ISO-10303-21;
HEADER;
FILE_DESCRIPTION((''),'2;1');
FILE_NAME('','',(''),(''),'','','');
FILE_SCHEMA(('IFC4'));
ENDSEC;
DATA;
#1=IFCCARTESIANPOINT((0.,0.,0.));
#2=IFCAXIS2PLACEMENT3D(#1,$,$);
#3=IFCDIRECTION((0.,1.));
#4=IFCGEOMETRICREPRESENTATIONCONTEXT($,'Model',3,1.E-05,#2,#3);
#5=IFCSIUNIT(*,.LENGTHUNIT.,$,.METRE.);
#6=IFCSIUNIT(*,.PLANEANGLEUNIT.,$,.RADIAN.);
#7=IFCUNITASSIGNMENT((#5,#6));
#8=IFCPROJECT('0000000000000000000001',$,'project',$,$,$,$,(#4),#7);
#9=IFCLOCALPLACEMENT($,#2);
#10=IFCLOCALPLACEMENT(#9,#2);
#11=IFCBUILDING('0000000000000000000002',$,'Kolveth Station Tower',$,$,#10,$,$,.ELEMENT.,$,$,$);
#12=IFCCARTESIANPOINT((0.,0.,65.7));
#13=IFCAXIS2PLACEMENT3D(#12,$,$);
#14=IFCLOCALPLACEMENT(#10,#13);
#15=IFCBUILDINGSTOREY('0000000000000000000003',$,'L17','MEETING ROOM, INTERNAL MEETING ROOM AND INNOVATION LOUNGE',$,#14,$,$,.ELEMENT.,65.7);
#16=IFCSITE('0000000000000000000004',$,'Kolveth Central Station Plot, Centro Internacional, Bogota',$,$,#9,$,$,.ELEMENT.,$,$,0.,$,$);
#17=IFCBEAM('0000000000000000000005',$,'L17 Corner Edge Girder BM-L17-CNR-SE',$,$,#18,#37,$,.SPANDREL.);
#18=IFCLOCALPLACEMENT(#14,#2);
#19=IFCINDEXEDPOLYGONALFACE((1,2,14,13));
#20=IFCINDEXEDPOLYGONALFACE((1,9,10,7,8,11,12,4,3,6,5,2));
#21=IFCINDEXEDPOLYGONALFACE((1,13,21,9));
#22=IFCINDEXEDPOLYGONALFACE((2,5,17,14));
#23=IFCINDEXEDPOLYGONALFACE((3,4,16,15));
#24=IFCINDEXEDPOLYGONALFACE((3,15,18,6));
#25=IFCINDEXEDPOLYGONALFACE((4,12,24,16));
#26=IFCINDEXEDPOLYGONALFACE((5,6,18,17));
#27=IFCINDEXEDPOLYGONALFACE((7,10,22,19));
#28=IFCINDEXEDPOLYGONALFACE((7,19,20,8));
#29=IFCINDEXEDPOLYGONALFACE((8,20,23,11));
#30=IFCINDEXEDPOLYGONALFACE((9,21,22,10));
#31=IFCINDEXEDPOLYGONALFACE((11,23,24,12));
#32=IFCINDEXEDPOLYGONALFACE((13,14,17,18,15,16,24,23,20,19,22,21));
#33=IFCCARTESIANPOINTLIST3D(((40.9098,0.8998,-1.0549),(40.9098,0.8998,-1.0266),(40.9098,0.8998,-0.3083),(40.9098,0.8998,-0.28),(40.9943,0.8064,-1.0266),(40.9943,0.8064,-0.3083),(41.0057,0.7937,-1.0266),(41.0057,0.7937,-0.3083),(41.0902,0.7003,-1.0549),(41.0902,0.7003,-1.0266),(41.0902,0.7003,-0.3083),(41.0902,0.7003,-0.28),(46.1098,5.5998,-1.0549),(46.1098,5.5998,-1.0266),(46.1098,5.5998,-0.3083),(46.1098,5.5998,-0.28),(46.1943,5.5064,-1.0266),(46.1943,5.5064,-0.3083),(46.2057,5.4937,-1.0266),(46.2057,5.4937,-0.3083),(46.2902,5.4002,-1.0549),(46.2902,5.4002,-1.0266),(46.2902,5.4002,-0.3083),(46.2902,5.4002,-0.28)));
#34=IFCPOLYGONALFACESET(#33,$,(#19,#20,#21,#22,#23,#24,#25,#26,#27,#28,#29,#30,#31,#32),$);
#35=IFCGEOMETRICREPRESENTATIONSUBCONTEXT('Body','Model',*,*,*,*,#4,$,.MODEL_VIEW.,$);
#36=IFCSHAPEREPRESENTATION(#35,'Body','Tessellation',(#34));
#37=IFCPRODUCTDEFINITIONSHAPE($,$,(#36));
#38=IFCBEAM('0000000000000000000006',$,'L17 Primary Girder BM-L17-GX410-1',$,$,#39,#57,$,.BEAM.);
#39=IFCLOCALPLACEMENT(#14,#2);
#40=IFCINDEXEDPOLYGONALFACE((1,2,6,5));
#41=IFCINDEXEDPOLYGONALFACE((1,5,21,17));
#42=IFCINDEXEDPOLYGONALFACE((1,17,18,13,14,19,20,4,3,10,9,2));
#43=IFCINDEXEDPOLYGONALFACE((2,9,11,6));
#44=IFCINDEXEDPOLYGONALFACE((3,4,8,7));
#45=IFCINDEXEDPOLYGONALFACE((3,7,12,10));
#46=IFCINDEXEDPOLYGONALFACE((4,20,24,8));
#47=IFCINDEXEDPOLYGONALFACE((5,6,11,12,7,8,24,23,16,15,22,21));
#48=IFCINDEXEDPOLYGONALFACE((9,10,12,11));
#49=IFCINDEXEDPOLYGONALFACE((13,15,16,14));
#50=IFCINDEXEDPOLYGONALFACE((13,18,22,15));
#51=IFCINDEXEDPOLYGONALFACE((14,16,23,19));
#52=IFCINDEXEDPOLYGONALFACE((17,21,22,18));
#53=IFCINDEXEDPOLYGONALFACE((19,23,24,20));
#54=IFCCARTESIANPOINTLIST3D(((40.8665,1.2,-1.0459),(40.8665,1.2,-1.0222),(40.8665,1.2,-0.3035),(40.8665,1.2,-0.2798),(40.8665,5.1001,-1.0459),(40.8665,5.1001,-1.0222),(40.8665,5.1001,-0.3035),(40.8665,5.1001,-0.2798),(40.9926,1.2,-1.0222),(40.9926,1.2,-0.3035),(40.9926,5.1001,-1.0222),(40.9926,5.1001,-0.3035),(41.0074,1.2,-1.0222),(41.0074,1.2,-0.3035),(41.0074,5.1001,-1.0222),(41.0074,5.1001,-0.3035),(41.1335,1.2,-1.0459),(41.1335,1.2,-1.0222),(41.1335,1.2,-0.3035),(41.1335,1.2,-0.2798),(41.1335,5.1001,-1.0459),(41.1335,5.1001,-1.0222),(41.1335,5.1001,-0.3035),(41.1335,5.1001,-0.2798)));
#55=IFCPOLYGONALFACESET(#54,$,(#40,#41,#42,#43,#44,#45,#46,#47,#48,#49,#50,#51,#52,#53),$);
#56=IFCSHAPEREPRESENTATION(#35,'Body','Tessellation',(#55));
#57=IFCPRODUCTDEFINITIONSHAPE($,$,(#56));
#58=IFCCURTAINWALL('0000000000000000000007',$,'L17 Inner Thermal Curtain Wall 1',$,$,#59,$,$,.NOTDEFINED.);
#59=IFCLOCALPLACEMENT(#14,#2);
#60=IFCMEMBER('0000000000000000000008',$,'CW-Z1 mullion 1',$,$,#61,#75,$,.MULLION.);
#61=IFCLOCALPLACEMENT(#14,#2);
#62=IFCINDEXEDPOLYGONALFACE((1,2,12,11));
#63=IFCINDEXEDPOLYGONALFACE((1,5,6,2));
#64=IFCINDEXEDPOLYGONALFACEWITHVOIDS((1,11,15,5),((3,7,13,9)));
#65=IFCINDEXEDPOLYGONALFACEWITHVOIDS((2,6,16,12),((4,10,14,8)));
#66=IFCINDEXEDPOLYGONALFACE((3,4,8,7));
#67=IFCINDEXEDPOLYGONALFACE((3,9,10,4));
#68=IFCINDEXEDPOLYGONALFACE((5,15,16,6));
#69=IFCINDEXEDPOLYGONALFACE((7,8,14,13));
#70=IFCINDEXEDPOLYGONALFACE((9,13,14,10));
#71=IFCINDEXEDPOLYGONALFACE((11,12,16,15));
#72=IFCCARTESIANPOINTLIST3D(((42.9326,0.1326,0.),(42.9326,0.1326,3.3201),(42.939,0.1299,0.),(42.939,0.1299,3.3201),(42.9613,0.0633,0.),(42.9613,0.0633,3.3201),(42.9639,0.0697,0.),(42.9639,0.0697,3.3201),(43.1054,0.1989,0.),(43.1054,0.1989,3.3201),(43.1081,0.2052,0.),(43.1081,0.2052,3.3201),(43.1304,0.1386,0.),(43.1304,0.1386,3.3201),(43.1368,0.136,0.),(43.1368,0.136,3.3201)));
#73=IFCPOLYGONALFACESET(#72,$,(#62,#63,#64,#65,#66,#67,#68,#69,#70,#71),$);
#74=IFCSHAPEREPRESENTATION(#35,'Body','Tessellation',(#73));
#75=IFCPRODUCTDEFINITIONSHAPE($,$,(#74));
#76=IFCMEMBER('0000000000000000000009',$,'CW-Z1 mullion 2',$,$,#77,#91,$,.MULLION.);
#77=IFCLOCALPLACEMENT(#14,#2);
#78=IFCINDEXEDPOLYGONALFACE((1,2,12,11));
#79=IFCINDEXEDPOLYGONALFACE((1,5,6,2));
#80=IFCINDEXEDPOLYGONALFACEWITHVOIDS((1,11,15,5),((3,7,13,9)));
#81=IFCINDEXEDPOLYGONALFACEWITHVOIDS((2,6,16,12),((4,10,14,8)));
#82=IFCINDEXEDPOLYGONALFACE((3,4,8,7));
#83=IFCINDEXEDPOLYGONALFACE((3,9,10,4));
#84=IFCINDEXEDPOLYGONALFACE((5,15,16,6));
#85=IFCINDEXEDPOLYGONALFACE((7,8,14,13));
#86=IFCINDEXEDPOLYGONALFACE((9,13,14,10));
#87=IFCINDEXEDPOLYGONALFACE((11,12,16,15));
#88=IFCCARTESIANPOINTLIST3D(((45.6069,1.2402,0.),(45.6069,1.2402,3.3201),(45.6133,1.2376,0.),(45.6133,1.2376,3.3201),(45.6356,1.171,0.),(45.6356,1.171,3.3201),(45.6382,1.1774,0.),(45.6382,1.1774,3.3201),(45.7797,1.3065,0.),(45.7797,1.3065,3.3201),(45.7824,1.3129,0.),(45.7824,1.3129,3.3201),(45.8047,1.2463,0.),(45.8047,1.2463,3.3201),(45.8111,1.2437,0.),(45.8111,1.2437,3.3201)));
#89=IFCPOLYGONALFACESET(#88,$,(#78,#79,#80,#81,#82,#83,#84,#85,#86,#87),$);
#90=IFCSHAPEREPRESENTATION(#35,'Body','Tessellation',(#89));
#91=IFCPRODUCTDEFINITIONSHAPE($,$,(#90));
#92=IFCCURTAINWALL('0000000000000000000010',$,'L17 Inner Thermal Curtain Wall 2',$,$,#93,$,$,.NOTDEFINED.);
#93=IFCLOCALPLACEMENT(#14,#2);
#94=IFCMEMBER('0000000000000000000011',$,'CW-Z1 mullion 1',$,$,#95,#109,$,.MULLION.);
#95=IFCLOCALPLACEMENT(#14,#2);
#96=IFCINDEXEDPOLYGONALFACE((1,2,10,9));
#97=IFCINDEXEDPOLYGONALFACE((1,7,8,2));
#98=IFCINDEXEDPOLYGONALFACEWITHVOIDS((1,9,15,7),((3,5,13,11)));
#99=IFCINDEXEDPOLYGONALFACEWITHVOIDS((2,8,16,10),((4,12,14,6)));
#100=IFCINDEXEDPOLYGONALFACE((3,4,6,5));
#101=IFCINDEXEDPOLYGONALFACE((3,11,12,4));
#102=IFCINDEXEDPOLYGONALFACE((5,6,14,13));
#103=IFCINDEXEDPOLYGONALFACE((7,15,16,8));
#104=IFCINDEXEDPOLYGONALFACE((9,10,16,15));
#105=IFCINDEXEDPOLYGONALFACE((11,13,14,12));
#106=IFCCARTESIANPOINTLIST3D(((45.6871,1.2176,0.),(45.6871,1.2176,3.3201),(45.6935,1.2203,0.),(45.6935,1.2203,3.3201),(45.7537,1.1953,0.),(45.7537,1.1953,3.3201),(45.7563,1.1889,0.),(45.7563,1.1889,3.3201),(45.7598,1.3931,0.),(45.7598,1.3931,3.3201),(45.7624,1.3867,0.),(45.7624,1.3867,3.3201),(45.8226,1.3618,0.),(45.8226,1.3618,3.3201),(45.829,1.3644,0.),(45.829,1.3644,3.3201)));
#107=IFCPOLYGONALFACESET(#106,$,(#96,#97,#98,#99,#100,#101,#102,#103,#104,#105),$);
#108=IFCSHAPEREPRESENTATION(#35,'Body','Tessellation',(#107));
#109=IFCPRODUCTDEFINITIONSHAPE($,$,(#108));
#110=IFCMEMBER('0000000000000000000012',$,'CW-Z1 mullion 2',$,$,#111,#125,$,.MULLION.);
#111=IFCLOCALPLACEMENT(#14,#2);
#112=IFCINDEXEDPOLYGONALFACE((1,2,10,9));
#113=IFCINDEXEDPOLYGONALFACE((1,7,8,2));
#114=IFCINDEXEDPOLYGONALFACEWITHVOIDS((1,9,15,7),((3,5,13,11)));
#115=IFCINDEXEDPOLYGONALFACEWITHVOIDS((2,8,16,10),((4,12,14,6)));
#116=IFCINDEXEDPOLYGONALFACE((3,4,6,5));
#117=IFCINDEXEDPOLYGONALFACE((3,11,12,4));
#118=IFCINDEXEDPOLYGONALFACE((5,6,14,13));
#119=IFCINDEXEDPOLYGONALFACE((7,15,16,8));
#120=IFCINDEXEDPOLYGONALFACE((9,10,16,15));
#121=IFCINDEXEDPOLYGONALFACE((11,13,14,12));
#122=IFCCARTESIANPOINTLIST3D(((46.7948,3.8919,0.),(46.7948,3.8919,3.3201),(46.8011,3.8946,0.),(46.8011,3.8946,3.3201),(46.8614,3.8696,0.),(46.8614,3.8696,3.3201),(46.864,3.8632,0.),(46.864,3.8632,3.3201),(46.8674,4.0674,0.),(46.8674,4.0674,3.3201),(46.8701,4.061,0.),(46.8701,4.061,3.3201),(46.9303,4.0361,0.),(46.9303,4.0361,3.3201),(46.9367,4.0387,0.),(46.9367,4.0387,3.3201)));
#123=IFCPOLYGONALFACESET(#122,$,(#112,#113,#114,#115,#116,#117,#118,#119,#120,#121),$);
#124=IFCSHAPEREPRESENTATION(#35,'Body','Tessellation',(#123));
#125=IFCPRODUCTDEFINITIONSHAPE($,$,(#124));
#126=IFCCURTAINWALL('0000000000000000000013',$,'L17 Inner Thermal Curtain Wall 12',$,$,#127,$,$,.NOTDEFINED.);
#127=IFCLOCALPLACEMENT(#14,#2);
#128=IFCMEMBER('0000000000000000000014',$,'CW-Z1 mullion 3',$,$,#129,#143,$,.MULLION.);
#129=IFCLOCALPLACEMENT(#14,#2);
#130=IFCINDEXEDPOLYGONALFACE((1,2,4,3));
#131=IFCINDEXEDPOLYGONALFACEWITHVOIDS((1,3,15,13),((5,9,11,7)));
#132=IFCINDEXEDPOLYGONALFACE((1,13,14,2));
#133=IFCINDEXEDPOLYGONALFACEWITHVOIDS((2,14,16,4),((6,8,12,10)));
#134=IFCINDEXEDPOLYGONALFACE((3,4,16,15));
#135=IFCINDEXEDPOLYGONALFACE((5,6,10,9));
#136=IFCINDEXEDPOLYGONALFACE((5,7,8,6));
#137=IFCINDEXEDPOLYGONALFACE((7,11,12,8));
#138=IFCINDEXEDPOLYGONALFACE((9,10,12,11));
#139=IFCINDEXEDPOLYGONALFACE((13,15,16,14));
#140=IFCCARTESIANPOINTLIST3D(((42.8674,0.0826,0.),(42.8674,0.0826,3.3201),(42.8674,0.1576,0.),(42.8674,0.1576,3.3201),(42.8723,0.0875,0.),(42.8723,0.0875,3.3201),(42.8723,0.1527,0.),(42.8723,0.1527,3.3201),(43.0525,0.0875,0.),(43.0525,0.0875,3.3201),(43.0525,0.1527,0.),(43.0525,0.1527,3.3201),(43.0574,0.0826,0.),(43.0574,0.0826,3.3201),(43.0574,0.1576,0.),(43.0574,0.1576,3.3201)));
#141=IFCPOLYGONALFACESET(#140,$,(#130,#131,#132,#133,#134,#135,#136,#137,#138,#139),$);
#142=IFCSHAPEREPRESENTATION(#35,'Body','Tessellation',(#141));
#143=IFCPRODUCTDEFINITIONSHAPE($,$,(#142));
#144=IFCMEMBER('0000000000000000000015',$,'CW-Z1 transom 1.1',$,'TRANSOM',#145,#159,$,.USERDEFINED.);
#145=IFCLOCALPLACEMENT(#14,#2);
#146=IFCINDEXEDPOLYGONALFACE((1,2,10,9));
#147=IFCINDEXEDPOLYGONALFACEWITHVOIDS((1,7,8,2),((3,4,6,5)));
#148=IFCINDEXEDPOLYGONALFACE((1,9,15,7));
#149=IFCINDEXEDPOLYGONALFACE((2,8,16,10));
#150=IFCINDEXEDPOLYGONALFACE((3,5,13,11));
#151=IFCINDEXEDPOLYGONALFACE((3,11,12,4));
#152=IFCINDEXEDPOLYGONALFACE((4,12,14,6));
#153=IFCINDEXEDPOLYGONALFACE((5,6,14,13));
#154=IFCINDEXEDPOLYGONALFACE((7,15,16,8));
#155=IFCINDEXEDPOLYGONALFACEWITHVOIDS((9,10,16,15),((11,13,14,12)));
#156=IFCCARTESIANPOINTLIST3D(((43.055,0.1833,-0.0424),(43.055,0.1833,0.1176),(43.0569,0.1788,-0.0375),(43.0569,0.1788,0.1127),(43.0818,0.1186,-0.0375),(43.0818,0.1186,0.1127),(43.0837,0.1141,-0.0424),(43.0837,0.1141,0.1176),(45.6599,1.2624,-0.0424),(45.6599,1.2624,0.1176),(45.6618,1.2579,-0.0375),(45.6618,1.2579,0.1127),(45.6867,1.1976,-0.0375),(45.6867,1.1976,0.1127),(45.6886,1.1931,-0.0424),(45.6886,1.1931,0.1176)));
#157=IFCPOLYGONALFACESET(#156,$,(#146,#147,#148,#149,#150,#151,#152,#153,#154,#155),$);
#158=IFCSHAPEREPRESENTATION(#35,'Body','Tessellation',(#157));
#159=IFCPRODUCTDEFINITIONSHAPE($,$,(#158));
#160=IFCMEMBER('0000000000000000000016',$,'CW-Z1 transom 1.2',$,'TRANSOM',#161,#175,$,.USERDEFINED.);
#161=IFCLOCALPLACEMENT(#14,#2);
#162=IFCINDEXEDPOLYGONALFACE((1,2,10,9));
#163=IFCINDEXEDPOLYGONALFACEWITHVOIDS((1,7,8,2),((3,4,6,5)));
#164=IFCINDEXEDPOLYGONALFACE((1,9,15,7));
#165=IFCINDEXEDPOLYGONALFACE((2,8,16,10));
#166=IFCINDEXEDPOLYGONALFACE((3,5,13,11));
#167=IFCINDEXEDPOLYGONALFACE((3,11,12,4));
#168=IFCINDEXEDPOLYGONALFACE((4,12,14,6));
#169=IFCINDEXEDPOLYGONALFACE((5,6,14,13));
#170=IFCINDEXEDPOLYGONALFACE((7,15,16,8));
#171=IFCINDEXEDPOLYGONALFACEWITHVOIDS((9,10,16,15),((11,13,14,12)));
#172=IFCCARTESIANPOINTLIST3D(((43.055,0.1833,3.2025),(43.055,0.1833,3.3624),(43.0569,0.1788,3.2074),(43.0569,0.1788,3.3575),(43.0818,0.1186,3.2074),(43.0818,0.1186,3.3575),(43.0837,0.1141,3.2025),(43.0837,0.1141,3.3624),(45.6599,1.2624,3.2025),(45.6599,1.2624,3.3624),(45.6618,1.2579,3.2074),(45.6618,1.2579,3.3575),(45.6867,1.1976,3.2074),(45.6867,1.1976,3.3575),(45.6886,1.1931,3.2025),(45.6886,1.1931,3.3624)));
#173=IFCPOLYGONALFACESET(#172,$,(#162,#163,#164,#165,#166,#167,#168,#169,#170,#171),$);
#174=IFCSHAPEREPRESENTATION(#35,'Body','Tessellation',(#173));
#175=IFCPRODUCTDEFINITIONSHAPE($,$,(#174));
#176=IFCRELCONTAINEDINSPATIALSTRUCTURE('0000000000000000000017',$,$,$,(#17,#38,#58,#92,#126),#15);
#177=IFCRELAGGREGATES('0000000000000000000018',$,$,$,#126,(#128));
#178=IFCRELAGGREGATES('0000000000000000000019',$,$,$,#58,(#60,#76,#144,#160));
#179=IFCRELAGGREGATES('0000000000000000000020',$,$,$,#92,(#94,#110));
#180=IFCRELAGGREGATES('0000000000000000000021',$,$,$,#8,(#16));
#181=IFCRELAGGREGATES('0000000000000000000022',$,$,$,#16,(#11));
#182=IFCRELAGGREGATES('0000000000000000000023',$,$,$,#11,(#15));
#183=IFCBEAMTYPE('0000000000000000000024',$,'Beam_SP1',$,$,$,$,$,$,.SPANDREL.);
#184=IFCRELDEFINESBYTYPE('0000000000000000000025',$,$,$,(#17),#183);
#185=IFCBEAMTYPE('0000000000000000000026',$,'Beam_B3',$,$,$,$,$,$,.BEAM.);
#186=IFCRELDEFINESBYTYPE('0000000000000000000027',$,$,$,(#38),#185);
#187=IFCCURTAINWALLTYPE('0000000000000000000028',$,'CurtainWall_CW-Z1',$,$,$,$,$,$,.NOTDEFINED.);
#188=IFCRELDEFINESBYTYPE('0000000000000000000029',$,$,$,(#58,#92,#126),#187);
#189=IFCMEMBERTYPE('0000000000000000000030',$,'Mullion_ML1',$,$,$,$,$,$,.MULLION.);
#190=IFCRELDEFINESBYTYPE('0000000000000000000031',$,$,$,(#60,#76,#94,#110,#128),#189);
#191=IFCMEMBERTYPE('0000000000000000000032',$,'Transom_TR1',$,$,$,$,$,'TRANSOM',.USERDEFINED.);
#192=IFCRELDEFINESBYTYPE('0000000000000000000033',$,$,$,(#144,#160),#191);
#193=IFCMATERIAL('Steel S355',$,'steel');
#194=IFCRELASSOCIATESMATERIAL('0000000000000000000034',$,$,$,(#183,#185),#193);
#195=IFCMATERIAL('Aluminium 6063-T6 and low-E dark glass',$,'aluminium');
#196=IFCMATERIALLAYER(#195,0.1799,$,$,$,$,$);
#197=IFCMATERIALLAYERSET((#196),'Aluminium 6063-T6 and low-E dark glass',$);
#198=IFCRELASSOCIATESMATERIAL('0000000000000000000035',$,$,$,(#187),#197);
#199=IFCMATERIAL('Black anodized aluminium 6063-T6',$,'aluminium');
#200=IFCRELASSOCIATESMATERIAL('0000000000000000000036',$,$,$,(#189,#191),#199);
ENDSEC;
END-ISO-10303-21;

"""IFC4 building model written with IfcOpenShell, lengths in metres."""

from ifc_helpers import new_model, si_unit, direction, frame, origin, origin_2d, place, context, subcontext, project, spatial, hollow_rectangle, i_section, extrude, source, transform, mapped, material, layer, layer_set, material_profile, profile_set, type_object, element, aggregate, save


model = new_model("IFC4")

# Units and contexts
model_context = context("Model", 3, precision=1e-05, world=origin(), true_north=direction((0.0, 1.0)))
body_context = subcontext(model_context, "Body", "Model", "MODEL_VIEW")
ifc_project = project(units=[si_unit("LENGTHUNIT", "METRE"), si_unit("PLANEANGLEUNIT", "RADIAN")], contexts=[model_context])

# Site, building, storey
site_placement = place(None, origin())
site = spatial("IfcSite", under=ifc_project, at=site_placement, Name="Kolveth Central Station Plot, Centro Internacional, Bogota", CompositionType="ELEMENT", RefElevation=0.0)
building_placement = place(site_placement, origin())
building = spatial("IfcBuilding", under=site, at=building_placement, Name="Kolveth Station Tower", CompositionType="ELEMENT")
storey_placement = place(building_placement, frame((0.0, 0.0, 65.7)))
storey = spatial("IfcBuildingStorey", under=building, at=storey_placement, Name="L17", Description="MEETING ROOM, INTERNAL MEETING ROOM AND INNOVATION LOUNGE", CompositionType="ELEMENT", Elevation=65.7)

# Beams
ifc_material_1 = material(Name="Steel S355", Category="steel")
ifc_material_profile_1 = material_profile(ifc_material_1, i_section(OverallWidth=0.269, OverallDepth=0.7749, WebThickness=0.0171, FlangeThickness=0.0283, at=origin_2d()), Name="W760x220")
ifc_profile_set_1 = profile_set([ifc_material_profile_1], Name="Steel S355")
beam_type_1 = type_object("IfcBeamType", Name="Beam_SP1", PredefinedType="SPANDREL", material=ifc_profile_set_1)
shared_shape_1 = source(origin(), body_context, "Body", "SweptSolid", [
    extrude(i_section(OverallWidth=0.269, OverallDepth=0.7749, WebThickness=0.0171, FlangeThickness=0.0283, at=origin_2d()), origin(), (0.0, 0.0, 1.0), 7.0093),
])
beam_1_placement = place(storey_placement, frame((41.0, 0.8, -0.6675), z_axis=(0.741874, 0.670539, 0.0), x_axis=(-0.670539, 0.741874, 0.0)))
element("IfcBeam", 1, at=beam_1_placement, inside=storey, type_object=beam_type_1, Name="L17 Corner Edge Girder BM-L17-CNR-SE", PredefinedType="SPANDREL", context=body_context, shape_type="MappedRepresentation", body=[
    mapped(shared_shape_1, transform((0.0, 0.0, 0.0), x_axis=(1.0, 0.0, 0.0), y_axis=(0.0, 1.0, 0.0), z_axis=(0.0, 0.0, 1.0), scale=1.0)),
])
ifc_material_profile_2 = material_profile(ifc_material_1, i_section(OverallWidth=0.2671, OverallDepth=0.7661, WebThickness=0.0149, FlangeThickness=0.0237, at=origin_2d()), Name="W760x185")
ifc_profile_set_2 = profile_set([ifc_material_profile_2], Name="Steel S355")
beam_type_2 = type_object("IfcBeamType", Name="Beam_B3", PredefinedType="BEAM", material=ifc_profile_set_2)
shared_shape_2 = source(origin(), body_context, "Body", "SweptSolid", [
    extrude(i_section(OverallWidth=0.2671, OverallDepth=0.7661, WebThickness=0.0149, FlangeThickness=0.0237, at=origin_2d()), origin(), (0.0, 0.0, 1.0), 3.9001),
])
beam_2_placement = place(storey_placement, frame((41.0, 1.2, -0.6628), z_axis=(0.0, 1.0, 0.0), x_axis=(-1.0, 0.0, 0.0)))
element("IfcBeam", 2, at=beam_2_placement, inside=storey, type_object=beam_type_2, Name="L17 Primary Girder BM-L17-GX410-1", PredefinedType="BEAM", context=body_context, shape_type="MappedRepresentation", body=[
    mapped(shared_shape_2, transform((0.0, 0.0, 0.0), x_axis=(1.0, 0.0, 0.0), y_axis=(0.0, 1.0, 0.0), z_axis=(0.0, 0.0, 1.0), scale=1.0)),
])

# Curtain walls, members
ifc_material_2 = material(Name="Aluminium 6063-T6 and low-E dark glass", Category="aluminium")
ifc_layer_1 = layer(ifc_material_2, 0.1799)
ifc_layer_set_1 = layer_set([ifc_layer_1], Name="Aluminium 6063-T6 and low-E dark glass")
curtain_wall_type_1 = type_object("IfcCurtainWallType", Name="CurtainWall_CW-Z1", PredefinedType="NOTDEFINED", material=ifc_layer_set_1)
curtain_wall_1_placement = place(storey_placement, origin())
curtain_wall_1 = element("IfcCurtainWall", 3, at=curtain_wall_1_placement, inside=storey, type_object=curtain_wall_type_1, Name="L17 Inner Thermal Curtain Wall 1", PredefinedType="NOTDEFINED")
ifc_material_3 = material(Name="Black anodized aluminium 6063-T6", Category="aluminium")
ifc_material_profile_3 = material_profile(ifc_material_3, hollow_rectangle(XDim=0.075, YDim=0.1899, WallThickness=0.0049, at=origin_2d()), Name="ALU-75x190x5")
ifc_profile_set_3 = profile_set([ifc_material_profile_3], Name="Black anodized aluminium 6063-T6")
member_type_1 = type_object("IfcMemberType", Name="Mullion_ML1", PredefinedType="MULLION", material=ifc_profile_set_3)
shared_shape_3 = source(origin(), body_context, "Body", "SweptSolid", [
    extrude(hollow_rectangle(XDim=0.075, YDim=0.1899, WallThickness=0.0049, at=origin_2d()), origin(), (0.0, 0.0, 1.0), 3.3201),
])
member_1_placement = place(storey_placement, frame((43.0347, 0.1343, 0.0), z_axis=(0.0, 0.0, 1.0), x_axis=(-0.382673, 0.923884, 0.0)))
member_1 = element("IfcMember", 4, at=member_1_placement, type_object=member_type_1, Name="CW-Z1 mullion 1", PredefinedType="MULLION", context=body_context, shape_type="MappedRepresentation", body=[
    mapped(shared_shape_3, transform((0.0, 0.0, 0.0), x_axis=(1.0, 0.0, 0.0), y_axis=(0.0, 1.0, 0.0), z_axis=(0.0, 0.0, 1.0), scale=1.0)),
])
member_2_placement = place(storey_placement, frame((45.709, 1.2419, 0.0), z_axis=(0.0, 0.0, 1.0), x_axis=(-0.382673, 0.923884, 0.0)))
member_2 = element("IfcMember", 5, at=member_2_placement, type_object=member_type_1, Name="CW-Z1 mullion 2", PredefinedType="MULLION", context=body_context, shape_type="MappedRepresentation", body=[
    mapped(shared_shape_3, transform((0.0, 0.0, 0.0), x_axis=(1.0, 0.0, 0.0), y_axis=(0.0, 1.0, 0.0), z_axis=(0.0, 0.0, 1.0), scale=1.0)),
])
curtain_wall_2_placement = place(storey_placement, origin())
curtain_wall_2 = element("IfcCurtainWall", 6, at=curtain_wall_2_placement, inside=storey, type_object=curtain_wall_type_1, Name="L17 Inner Thermal Curtain Wall 2", PredefinedType="NOTDEFINED")
member_3_placement = place(storey_placement, frame((45.7581, 1.291, 0.0), z_axis=(0.0, 0.0, 1.0), x_axis=(-0.923884, 0.382673, 0.0)))
member_3 = element("IfcMember", 7, at=member_3_placement, type_object=member_type_1, Name="CW-Z1 mullion 1", PredefinedType="MULLION", context=body_context, shape_type="MappedRepresentation", body=[
    mapped(shared_shape_3, transform((0.0, 0.0, 0.0), x_axis=(1.0, 0.0, 0.0), y_axis=(0.0, 1.0, 0.0), z_axis=(0.0, 0.0, 1.0), scale=1.0)),
])
member_4_placement = place(storey_placement, frame((46.8657, 3.9653, 0.0), z_axis=(0.0, 0.0, 1.0), x_axis=(-0.923884, 0.382673, 0.0)))
member_4 = element("IfcMember", 8, at=member_4_placement, type_object=member_type_1, Name="CW-Z1 mullion 2", PredefinedType="MULLION", context=body_context, shape_type="MappedRepresentation", body=[
    mapped(shared_shape_3, transform((0.0, 0.0, 0.0), x_axis=(1.0, 0.0, 0.0), y_axis=(0.0, 1.0, 0.0), z_axis=(0.0, 0.0, 1.0), scale=1.0)),
])

# Curtain wall, member
curtain_wall_3_placement = place(storey_placement, origin())
curtain_wall_3 = element("IfcCurtainWall", 9, at=curtain_wall_3_placement, inside=storey, type_object=curtain_wall_type_1, Name="L17 Inner Thermal Curtain Wall 12", PredefinedType="NOTDEFINED")
member_5_placement = place(storey_placement, frame((42.9624, 0.1201, 0.0), z_axis=(0.0, 0.0, 1.0), x_axis=(0.0, 1.0, 0.0)))
member_5 = element("IfcMember", 10, at=member_5_placement, type_object=member_type_1, Name="CW-Z1 mullion 3", PredefinedType="MULLION", context=body_context, shape_type="MappedRepresentation", body=[
    mapped(shared_shape_3, transform((0.0, 0.0, 0.0), x_axis=(1.0, 0.0, 0.0), y_axis=(0.0, 1.0, 0.0), z_axis=(0.0, 0.0, 1.0), scale=1.0)),
])
aggregate(curtain_wall_3, [member_5])

# Members
ifc_material_profile_4 = material_profile(ifc_material_3, hollow_rectangle(XDim=0.075, YDim=0.1599, WallThickness=0.0049, at=origin_2d()), Name="ALU-75x160x5")
ifc_profile_set_4 = profile_set([ifc_material_profile_4], Name="Black anodized aluminium 6063-T6")
member_type_2 = type_object("IfcMemberType", Name="Transom_TR1", ElementType="TRANSOM", PredefinedType="USERDEFINED", material=ifc_profile_set_4)
shared_shape_4 = source(origin(), body_context, "Body", "SweptSolid", [
    extrude(hollow_rectangle(XDim=0.075, YDim=0.1599, WallThickness=0.0049, at=origin_2d()), origin(), (0.0, 0.0, 1.0), 2.8196),
])
member_6_placement = place(storey_placement, frame((43.0693, 0.1487, 0.0376), z_axis=(0.923869, 0.382709, 0.0), x_axis=(-0.382709, 0.923869, 0.0)))
member_6 = element("IfcMember", 11, at=member_6_placement, type_object=member_type_2, Name="CW-Z1 transom 1.1", ObjectType="TRANSOM", PredefinedType="USERDEFINED", context=body_context, shape_type="MappedRepresentation", body=[
    mapped(shared_shape_4, transform((0.0, 0.0, 0.0), x_axis=(1.0, 0.0, 0.0), y_axis=(0.0, 1.0, 0.0), z_axis=(0.0, 0.0, 1.0), scale=1.0)),
])
member_7_placement = place(storey_placement, frame((43.0693, 0.1487, 3.2825), z_axis=(0.923869, 0.382709, 0.0), x_axis=(-0.382709, 0.923869, 0.0)))
member_7 = element("IfcMember", 12, at=member_7_placement, type_object=member_type_2, Name="CW-Z1 transom 1.2", ObjectType="TRANSOM", PredefinedType="USERDEFINED", context=body_context, shape_type="MappedRepresentation", body=[
    mapped(shared_shape_4, transform((0.0, 0.0, 0.0), x_axis=(1.0, 0.0, 0.0), y_axis=(0.0, 1.0, 0.0), z_axis=(0.0, 0.0, 1.0), scale=1.0)),
])

aggregate(curtain_wall_1, [member_1, member_2, member_6, member_7])
aggregate(curtain_wall_2, [member_3, member_4])

save(model, "model.ifc")
